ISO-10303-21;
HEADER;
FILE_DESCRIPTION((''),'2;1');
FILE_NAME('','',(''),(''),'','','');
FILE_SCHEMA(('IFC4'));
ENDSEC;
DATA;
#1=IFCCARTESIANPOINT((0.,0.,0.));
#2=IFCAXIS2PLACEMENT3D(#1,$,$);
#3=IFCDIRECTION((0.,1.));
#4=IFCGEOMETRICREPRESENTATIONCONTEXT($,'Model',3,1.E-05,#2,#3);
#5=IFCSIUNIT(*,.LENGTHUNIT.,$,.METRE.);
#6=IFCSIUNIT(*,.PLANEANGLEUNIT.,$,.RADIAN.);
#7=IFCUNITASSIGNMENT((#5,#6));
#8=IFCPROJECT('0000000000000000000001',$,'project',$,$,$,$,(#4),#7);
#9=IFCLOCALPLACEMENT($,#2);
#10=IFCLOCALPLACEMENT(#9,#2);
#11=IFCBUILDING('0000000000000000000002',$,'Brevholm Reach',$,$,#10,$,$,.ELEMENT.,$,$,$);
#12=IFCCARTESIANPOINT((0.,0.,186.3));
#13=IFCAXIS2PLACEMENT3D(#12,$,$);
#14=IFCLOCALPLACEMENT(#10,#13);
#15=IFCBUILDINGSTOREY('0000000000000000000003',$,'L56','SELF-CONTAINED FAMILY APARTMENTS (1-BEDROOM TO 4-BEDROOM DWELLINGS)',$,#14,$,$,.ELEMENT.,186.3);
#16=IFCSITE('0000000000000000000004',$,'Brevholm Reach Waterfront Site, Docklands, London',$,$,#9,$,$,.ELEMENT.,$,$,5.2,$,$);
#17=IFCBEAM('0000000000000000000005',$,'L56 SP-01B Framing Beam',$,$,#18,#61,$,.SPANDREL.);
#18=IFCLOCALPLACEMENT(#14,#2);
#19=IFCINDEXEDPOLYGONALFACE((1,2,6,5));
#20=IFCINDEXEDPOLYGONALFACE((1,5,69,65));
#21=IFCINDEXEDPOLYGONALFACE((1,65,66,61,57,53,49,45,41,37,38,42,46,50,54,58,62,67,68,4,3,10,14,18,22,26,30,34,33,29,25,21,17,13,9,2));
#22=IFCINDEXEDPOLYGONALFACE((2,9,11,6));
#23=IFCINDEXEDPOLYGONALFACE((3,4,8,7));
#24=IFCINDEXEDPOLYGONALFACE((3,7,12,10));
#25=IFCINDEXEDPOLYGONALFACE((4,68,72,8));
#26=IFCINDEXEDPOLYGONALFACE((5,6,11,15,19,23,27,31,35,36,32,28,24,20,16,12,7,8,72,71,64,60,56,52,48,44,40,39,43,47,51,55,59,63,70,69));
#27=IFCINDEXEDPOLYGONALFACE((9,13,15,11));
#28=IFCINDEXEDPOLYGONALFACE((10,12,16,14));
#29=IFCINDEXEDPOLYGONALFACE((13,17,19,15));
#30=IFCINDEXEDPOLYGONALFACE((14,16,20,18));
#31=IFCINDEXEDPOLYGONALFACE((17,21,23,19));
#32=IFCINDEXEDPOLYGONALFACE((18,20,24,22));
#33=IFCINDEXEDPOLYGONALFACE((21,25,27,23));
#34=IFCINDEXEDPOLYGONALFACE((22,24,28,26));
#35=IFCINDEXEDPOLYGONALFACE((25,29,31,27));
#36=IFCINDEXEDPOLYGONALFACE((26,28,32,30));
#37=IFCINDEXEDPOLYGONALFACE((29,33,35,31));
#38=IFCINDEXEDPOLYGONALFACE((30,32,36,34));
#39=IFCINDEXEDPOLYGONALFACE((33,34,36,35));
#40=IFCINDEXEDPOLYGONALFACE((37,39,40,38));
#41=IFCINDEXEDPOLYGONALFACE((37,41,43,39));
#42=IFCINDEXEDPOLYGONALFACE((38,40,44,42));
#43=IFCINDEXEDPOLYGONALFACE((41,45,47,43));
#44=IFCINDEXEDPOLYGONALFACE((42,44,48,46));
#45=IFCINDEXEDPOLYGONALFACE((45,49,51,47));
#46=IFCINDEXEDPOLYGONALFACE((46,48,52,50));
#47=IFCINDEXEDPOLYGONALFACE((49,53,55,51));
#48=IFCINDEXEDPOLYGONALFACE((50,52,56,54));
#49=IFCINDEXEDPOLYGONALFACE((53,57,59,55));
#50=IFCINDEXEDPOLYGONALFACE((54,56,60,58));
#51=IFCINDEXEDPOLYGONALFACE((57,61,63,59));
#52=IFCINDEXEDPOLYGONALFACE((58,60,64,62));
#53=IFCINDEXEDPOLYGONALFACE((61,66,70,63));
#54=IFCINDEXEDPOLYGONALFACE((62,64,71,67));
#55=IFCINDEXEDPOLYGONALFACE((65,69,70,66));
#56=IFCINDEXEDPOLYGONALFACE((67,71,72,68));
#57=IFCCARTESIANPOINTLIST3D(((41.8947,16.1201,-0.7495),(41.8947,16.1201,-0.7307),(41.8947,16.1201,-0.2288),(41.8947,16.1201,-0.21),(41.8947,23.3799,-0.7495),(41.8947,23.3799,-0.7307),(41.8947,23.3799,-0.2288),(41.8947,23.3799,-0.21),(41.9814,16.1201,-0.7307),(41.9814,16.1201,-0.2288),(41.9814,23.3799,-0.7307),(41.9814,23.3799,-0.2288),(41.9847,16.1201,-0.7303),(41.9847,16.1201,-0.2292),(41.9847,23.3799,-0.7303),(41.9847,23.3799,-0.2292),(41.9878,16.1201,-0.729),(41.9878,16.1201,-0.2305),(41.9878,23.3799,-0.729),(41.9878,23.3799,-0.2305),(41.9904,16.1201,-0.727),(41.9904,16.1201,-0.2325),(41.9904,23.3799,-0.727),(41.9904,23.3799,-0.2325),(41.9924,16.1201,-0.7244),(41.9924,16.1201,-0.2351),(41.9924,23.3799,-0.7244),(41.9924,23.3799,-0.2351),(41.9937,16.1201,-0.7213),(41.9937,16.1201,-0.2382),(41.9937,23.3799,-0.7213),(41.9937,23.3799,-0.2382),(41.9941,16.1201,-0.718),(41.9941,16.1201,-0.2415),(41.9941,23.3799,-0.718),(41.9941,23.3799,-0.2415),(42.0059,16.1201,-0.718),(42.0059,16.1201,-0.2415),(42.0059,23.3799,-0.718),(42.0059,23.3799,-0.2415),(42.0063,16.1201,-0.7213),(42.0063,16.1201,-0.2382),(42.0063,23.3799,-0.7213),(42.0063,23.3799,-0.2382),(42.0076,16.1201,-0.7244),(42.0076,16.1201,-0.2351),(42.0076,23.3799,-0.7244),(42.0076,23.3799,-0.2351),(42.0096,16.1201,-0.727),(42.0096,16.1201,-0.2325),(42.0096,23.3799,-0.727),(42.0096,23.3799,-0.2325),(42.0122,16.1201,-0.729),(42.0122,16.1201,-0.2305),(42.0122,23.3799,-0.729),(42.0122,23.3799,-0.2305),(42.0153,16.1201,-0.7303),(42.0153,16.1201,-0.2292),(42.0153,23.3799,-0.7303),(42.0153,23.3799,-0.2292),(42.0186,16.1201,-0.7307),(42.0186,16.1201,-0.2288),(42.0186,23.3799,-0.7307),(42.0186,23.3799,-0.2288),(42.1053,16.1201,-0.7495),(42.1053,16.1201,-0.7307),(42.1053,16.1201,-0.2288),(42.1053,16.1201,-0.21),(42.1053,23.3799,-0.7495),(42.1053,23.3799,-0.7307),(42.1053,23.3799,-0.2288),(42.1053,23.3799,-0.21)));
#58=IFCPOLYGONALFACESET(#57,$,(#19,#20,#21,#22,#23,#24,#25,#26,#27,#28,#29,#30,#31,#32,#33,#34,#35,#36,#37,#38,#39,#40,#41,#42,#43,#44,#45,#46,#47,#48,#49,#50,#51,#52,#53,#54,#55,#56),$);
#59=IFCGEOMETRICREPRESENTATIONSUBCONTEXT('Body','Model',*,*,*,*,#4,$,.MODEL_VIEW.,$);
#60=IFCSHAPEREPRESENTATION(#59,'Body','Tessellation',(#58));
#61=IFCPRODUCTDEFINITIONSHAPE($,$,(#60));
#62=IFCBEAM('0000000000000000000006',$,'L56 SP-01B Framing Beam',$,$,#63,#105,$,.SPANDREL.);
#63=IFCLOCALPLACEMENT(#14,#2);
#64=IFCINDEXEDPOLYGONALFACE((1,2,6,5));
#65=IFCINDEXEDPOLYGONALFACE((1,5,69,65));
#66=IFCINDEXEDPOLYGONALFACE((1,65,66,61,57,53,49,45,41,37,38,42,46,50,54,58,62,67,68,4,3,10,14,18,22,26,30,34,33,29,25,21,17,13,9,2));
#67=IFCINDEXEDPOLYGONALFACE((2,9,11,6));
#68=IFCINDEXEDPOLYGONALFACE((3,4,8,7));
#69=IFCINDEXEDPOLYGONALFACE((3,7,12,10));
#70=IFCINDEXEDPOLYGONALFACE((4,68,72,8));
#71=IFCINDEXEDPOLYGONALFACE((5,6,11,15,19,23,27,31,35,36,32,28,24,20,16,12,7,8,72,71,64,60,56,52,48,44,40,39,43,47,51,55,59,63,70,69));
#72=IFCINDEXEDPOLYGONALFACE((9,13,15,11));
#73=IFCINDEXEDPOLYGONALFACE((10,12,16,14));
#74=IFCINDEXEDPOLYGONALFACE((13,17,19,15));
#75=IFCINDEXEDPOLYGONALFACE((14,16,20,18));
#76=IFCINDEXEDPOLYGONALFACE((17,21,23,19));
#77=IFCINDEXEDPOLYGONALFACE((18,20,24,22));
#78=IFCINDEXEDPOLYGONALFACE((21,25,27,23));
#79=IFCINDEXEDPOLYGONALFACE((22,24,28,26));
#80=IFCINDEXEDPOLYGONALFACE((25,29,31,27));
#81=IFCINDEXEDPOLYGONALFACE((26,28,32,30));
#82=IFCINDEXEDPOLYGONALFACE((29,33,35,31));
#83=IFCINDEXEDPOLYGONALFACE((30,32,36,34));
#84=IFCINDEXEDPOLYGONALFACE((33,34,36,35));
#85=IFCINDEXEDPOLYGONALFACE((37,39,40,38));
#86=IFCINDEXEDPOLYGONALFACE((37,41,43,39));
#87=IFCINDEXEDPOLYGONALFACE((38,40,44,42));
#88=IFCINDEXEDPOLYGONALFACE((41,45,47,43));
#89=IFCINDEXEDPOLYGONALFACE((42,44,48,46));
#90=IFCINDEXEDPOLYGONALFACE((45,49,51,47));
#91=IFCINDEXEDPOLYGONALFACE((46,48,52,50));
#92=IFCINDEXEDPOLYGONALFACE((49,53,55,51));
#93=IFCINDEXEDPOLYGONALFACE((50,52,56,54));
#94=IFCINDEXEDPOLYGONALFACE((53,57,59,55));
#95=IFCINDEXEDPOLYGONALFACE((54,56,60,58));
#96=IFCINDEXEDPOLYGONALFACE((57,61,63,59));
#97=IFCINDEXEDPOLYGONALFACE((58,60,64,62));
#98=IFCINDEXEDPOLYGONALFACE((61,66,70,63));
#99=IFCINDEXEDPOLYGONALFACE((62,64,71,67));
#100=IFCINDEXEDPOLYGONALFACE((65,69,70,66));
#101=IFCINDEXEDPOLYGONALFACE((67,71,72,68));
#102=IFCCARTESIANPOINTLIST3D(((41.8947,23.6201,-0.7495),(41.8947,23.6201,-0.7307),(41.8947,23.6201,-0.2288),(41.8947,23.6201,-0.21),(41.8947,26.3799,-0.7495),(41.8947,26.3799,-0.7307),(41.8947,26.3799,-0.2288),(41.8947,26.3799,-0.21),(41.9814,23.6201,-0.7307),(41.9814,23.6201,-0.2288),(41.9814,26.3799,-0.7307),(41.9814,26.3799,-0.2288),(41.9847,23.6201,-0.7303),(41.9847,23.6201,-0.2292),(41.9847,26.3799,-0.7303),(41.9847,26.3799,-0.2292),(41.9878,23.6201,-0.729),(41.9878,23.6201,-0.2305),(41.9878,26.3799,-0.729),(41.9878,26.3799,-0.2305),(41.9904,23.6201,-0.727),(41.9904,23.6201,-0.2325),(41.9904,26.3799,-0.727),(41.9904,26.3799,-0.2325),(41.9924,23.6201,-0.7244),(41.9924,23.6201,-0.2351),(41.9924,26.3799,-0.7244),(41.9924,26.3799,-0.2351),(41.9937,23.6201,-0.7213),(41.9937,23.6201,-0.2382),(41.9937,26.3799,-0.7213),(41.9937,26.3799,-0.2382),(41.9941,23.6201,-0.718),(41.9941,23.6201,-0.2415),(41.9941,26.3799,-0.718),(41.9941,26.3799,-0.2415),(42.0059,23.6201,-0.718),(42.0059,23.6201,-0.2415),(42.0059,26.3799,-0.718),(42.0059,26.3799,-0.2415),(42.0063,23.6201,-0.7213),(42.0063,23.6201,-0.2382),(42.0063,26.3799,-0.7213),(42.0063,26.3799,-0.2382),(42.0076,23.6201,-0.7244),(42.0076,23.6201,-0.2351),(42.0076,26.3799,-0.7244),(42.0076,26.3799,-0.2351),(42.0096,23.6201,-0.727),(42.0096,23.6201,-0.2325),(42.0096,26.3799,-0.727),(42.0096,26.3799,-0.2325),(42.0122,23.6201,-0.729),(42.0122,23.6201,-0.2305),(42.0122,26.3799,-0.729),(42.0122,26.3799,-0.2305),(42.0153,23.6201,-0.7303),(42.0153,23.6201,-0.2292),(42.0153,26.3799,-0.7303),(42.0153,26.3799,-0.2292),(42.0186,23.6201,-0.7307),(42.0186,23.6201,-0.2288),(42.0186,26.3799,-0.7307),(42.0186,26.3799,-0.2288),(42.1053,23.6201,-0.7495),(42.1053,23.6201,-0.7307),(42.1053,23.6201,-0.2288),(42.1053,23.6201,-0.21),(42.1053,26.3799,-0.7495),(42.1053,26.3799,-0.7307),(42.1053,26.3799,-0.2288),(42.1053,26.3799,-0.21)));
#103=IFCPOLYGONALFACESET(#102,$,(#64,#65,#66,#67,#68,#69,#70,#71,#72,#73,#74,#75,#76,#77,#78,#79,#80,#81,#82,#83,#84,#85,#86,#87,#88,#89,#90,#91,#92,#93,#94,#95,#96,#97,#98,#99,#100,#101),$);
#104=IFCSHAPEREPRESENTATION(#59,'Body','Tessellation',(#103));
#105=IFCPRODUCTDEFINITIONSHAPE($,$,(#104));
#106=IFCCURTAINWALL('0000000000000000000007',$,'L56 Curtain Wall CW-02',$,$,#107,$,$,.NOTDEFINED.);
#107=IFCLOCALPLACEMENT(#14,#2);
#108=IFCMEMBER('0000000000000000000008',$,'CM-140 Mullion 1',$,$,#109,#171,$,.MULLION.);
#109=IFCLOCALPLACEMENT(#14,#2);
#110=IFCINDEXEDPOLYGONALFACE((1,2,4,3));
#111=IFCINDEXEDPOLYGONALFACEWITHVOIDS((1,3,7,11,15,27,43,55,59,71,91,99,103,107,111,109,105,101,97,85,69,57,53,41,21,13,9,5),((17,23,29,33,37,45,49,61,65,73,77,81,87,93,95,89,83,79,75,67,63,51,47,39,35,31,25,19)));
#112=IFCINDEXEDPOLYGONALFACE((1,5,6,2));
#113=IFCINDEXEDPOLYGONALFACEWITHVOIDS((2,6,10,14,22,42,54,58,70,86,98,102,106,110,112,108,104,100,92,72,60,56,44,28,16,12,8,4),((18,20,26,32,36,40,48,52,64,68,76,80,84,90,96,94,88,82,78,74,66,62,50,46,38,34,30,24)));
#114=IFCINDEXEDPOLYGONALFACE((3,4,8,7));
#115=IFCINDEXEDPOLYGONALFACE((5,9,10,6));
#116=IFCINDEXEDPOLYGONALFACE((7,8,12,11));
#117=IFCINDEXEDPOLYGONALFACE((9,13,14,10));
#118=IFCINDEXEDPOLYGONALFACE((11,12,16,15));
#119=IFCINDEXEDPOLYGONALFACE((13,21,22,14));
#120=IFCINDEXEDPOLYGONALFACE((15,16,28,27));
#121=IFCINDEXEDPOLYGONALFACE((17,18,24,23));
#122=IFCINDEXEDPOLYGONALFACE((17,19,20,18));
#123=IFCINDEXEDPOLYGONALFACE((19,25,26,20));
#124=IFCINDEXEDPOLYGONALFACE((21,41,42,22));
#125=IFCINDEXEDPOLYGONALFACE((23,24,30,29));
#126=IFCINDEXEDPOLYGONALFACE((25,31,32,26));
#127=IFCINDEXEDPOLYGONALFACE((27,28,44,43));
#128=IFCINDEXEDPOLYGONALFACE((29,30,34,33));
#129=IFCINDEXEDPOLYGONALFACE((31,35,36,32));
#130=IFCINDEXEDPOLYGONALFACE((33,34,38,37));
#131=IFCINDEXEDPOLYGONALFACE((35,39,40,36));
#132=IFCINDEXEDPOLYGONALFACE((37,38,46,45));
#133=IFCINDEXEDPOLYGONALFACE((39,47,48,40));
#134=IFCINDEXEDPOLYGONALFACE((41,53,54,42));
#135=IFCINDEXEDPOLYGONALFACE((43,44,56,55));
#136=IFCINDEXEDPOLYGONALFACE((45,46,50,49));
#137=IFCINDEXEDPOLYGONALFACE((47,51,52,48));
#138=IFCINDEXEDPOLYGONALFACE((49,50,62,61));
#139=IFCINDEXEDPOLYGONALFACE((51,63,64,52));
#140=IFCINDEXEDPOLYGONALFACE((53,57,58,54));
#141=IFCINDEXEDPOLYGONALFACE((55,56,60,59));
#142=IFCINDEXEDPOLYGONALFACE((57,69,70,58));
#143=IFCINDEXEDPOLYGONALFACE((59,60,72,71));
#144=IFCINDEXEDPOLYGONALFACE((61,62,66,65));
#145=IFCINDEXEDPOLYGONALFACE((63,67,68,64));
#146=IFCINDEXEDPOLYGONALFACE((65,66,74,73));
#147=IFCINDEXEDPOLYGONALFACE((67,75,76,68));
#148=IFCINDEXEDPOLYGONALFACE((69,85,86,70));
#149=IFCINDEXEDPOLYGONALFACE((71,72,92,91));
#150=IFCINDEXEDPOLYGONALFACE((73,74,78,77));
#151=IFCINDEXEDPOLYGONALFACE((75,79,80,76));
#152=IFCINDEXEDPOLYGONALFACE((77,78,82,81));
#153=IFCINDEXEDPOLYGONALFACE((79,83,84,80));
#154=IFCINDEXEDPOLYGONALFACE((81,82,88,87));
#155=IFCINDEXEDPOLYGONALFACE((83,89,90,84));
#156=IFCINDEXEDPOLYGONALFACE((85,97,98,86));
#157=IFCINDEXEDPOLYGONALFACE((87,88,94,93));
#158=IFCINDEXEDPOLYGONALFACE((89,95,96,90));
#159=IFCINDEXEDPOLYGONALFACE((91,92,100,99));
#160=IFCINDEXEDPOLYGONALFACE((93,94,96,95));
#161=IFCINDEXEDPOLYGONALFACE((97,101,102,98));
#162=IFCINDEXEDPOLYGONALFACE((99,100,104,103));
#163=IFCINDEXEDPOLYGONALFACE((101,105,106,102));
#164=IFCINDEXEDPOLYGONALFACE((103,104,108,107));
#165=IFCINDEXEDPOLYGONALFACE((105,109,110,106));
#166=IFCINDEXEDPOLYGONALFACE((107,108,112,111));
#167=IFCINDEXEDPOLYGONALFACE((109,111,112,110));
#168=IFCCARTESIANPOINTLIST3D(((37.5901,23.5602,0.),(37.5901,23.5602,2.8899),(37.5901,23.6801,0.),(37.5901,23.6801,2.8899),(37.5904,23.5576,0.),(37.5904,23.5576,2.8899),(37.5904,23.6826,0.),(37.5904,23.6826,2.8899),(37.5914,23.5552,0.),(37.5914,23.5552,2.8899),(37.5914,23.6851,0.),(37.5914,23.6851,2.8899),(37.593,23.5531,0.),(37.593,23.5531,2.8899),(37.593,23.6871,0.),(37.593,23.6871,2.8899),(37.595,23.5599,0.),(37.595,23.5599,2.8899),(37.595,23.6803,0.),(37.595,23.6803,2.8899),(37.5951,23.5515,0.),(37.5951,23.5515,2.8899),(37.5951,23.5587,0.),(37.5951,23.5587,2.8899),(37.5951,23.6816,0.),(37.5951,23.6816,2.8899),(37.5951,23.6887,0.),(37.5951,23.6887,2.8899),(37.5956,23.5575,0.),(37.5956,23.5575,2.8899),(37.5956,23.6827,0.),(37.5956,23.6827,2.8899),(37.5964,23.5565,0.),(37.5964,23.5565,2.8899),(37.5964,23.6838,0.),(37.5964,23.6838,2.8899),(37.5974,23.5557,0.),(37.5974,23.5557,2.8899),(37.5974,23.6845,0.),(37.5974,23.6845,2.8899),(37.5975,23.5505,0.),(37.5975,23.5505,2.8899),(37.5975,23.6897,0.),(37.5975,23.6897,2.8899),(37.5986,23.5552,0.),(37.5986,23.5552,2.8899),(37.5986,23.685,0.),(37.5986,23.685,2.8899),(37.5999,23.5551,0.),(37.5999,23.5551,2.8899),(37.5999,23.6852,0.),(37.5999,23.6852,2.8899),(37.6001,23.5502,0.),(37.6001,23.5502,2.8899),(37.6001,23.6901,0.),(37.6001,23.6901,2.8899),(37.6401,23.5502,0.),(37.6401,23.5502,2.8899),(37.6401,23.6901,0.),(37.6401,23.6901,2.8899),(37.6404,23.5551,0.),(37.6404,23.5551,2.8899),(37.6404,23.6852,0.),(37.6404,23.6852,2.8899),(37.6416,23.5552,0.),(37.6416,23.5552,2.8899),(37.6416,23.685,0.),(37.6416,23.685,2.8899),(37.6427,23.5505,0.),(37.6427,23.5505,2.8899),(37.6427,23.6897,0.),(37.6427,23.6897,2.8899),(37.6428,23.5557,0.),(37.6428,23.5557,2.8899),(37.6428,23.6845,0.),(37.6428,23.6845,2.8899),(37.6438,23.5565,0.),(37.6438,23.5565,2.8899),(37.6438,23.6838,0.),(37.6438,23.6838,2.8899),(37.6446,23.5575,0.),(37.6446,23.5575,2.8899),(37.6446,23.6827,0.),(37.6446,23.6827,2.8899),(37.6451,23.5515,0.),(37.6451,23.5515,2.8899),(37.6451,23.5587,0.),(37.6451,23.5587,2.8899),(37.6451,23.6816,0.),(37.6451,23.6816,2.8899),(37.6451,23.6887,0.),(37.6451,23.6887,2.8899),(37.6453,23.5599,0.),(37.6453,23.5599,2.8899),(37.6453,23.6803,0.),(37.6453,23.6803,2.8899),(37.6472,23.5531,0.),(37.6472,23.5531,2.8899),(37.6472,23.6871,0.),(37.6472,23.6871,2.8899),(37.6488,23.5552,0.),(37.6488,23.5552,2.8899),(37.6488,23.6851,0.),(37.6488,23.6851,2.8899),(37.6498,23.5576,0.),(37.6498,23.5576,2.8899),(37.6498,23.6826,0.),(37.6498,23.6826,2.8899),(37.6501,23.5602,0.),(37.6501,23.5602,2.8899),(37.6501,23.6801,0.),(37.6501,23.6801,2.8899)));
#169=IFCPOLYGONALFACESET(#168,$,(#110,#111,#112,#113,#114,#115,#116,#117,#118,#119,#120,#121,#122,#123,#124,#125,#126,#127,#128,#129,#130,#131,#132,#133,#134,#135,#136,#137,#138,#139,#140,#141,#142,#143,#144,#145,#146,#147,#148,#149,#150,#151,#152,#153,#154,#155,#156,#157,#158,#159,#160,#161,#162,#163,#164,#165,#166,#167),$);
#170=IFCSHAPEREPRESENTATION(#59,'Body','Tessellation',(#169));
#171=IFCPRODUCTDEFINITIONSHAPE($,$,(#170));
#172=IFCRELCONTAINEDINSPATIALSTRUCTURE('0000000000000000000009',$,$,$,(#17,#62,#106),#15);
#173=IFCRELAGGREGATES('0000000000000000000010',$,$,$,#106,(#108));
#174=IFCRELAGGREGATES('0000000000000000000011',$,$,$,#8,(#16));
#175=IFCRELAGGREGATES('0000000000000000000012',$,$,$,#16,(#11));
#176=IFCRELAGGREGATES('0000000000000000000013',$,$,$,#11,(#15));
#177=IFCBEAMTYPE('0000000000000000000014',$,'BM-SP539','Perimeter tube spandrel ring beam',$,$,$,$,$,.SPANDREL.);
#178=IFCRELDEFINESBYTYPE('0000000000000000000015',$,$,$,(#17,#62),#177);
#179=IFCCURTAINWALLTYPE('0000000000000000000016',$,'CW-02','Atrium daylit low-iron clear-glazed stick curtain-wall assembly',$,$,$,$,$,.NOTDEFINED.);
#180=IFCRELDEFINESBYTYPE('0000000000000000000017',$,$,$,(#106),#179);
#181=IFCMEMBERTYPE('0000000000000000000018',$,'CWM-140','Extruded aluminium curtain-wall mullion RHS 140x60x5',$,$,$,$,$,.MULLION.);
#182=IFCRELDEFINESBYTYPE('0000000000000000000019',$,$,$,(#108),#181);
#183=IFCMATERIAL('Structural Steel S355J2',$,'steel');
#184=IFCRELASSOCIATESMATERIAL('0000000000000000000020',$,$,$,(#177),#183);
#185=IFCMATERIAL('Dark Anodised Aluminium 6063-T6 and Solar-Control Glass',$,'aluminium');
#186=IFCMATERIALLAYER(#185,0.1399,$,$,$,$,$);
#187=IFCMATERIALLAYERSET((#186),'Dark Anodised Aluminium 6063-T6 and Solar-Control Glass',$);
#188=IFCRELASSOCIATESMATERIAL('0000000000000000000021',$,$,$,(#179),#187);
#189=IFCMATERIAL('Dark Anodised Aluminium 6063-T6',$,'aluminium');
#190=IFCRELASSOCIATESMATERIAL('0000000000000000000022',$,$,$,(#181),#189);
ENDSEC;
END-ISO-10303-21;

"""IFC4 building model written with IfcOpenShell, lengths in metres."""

from ifc_helpers import new_model, si_unit, direction, frame, origin, origin_2d, place, context, subcontext, project, spatial, hollow_rectangle, i_section, extrude, material, layer, layer_set, material_profile, profile_set, type_object, element, aggregate, save


model = new_model("IFC4")

# Units and contexts
model_context = context("Model", 3, precision=1e-05, world=origin(), true_north=direction((0.0, 1.0)))
body_context = subcontext(model_context, "Body", "Model", "MODEL_VIEW")
ifc_project = project(units=[si_unit("LENGTHUNIT", "METRE"), si_unit("PLANEANGLEUNIT", "RADIAN")], contexts=[model_context])

# Site, building, storey
site_placement = place(None, origin())
site = spatial("IfcSite", under=ifc_project, at=site_placement, Name="Brevholm Reach Waterfront Site, Docklands, London", CompositionType="ELEMENT", RefElevation=5.2)
building_placement = place(site_placement, origin())
building = spatial("IfcBuilding", under=site, at=building_placement, Name="Brevholm Reach", CompositionType="ELEMENT")
storey_placement = place(building_placement, frame((0.0, 0.0, 186.3)))
storey = spatial("IfcBuildingStorey", under=building, at=storey_placement, Name="L56", Description="SELF-CONTAINED FAMILY APARTMENTS (1-BEDROOM TO 4-BEDROOM DWELLINGS)", CompositionType="ELEMENT", Elevation=186.3)

# Beams
ifc_material_1 = material(Name="Structural Steel S355J2", Category="steel")
ifc_material_profile_1 = material_profile(ifc_material_1, i_section(OverallWidth=0.2107, OverallDepth=0.5396, WebThickness=0.0117, FlangeThickness=0.0188, FilletRadius=0.0127, at=origin_2d()), Name="UKB 533x210x109")
ifc_profile_set_1 = profile_set([ifc_material_profile_1], Name="Structural Steel S355J2")
beam_type_1 = type_object("IfcBeamType", Name="BM-SP539", Description="Perimeter tube spandrel ring beam", PredefinedType="SPANDREL", material=ifc_profile_set_1)
beam_1_placement = place(storey_placement, frame((42.0, 16.1201, -0.4797), z_axis=(0.0, 1.0, 0.0), x_axis=(-1.0, 0.0, 0.0)))
element("IfcBeam", 1, at=beam_1_placement, inside=storey, type_object=beam_type_1, Name="L56 SP-01B Framing Beam", PredefinedType="SPANDREL", context=body_context, shape_type="SweptSolid", body=[
    extrude(i_section(OverallWidth=0.2107, OverallDepth=0.5396, WebThickness=0.0117, FlangeThickness=0.0188, FilletRadius=0.0127, at=origin_2d()), origin(), (0.0, 0.0, 1.0), 7.2598),
])
beam_2_placement = place(storey_placement, frame((42.0, 23.6201, -0.4797), z_axis=(0.0, 1.0, 0.0), x_axis=(-1.0, 0.0, 0.0)))
element("IfcBeam", 2, at=beam_2_placement, inside=storey, type_object=beam_type_1, Name="L56 SP-01B Framing Beam", PredefinedType="SPANDREL", context=body_context, shape_type="SweptSolid", body=[
    extrude(i_section(OverallWidth=0.2107, OverallDepth=0.5396, WebThickness=0.0117, FlangeThickness=0.0188, FilletRadius=0.0127, at=origin_2d()), origin(), (0.0, 0.0, 1.0), 2.7598),
])

# Curtain wall, member
ifc_material_2 = material(Name="Dark Anodised Aluminium 6063-T6 and Solar-Control Glass", Category="aluminium")
ifc_layer_1 = layer(ifc_material_2, 0.1399)
ifc_layer_set_1 = layer_set([ifc_layer_1], Name="Dark Anodised Aluminium 6063-T6 and Solar-Control Glass")
curtain_wall_type = type_object("IfcCurtainWallType", Name="CW-02", Description="Atrium daylit low-iron clear-glazed stick curtain-wall assembly", PredefinedType="NOTDEFINED", material=ifc_layer_set_1)
curtain_wall_placement = place(storey_placement, origin())
curtain_wall = element("IfcCurtainWall", 3, at=curtain_wall_placement, inside=storey, type_object=curtain_wall_type, Name="L56 Curtain Wall CW-02", PredefinedType="NOTDEFINED")
ifc_material_3 = material(Name="Dark Anodised Aluminium 6063-T6", Category="aluminium")
ifc_material_profile_2 = material_profile(ifc_material_3, hollow_rectangle(XDim=0.0601, YDim=0.1399, WallThickness=0.0049, InnerFilletRadius=0.0049, OuterFilletRadius=0.01, at=origin_2d()), Name="RHS 140x60x5")
ifc_profile_set_2 = profile_set([ifc_material_profile_2], Name="Dark Anodised Aluminium 6063-T6")
member_type = type_object("IfcMemberType", Name="CWM-140", Description="Extruded aluminium curtain-wall mullion RHS 140x60x5", PredefinedType="MULLION", material=ifc_profile_set_2)
member_placement = place(storey_placement, frame((37.6201, 23.6201, 0.0), z_axis=(0.0, 0.0, 1.0), x_axis=(-1.0, 0.0, 0.0)))
member = element("IfcMember", 4, at=member_placement, type_object=member_type, Name="CM-140 Mullion 1", PredefinedType="MULLION", context=body_context, shape_type="SweptSolid", body=[
    extrude(hollow_rectangle(XDim=0.0601, YDim=0.1399, WallThickness=0.0049, InnerFilletRadius=0.0049, OuterFilletRadius=0.01, at=origin_2d()), origin(), (0.0, 0.0, 1.0), 2.8899),
])
aggregate(curtain_wall, [member])

save(model, "model.ifc")
